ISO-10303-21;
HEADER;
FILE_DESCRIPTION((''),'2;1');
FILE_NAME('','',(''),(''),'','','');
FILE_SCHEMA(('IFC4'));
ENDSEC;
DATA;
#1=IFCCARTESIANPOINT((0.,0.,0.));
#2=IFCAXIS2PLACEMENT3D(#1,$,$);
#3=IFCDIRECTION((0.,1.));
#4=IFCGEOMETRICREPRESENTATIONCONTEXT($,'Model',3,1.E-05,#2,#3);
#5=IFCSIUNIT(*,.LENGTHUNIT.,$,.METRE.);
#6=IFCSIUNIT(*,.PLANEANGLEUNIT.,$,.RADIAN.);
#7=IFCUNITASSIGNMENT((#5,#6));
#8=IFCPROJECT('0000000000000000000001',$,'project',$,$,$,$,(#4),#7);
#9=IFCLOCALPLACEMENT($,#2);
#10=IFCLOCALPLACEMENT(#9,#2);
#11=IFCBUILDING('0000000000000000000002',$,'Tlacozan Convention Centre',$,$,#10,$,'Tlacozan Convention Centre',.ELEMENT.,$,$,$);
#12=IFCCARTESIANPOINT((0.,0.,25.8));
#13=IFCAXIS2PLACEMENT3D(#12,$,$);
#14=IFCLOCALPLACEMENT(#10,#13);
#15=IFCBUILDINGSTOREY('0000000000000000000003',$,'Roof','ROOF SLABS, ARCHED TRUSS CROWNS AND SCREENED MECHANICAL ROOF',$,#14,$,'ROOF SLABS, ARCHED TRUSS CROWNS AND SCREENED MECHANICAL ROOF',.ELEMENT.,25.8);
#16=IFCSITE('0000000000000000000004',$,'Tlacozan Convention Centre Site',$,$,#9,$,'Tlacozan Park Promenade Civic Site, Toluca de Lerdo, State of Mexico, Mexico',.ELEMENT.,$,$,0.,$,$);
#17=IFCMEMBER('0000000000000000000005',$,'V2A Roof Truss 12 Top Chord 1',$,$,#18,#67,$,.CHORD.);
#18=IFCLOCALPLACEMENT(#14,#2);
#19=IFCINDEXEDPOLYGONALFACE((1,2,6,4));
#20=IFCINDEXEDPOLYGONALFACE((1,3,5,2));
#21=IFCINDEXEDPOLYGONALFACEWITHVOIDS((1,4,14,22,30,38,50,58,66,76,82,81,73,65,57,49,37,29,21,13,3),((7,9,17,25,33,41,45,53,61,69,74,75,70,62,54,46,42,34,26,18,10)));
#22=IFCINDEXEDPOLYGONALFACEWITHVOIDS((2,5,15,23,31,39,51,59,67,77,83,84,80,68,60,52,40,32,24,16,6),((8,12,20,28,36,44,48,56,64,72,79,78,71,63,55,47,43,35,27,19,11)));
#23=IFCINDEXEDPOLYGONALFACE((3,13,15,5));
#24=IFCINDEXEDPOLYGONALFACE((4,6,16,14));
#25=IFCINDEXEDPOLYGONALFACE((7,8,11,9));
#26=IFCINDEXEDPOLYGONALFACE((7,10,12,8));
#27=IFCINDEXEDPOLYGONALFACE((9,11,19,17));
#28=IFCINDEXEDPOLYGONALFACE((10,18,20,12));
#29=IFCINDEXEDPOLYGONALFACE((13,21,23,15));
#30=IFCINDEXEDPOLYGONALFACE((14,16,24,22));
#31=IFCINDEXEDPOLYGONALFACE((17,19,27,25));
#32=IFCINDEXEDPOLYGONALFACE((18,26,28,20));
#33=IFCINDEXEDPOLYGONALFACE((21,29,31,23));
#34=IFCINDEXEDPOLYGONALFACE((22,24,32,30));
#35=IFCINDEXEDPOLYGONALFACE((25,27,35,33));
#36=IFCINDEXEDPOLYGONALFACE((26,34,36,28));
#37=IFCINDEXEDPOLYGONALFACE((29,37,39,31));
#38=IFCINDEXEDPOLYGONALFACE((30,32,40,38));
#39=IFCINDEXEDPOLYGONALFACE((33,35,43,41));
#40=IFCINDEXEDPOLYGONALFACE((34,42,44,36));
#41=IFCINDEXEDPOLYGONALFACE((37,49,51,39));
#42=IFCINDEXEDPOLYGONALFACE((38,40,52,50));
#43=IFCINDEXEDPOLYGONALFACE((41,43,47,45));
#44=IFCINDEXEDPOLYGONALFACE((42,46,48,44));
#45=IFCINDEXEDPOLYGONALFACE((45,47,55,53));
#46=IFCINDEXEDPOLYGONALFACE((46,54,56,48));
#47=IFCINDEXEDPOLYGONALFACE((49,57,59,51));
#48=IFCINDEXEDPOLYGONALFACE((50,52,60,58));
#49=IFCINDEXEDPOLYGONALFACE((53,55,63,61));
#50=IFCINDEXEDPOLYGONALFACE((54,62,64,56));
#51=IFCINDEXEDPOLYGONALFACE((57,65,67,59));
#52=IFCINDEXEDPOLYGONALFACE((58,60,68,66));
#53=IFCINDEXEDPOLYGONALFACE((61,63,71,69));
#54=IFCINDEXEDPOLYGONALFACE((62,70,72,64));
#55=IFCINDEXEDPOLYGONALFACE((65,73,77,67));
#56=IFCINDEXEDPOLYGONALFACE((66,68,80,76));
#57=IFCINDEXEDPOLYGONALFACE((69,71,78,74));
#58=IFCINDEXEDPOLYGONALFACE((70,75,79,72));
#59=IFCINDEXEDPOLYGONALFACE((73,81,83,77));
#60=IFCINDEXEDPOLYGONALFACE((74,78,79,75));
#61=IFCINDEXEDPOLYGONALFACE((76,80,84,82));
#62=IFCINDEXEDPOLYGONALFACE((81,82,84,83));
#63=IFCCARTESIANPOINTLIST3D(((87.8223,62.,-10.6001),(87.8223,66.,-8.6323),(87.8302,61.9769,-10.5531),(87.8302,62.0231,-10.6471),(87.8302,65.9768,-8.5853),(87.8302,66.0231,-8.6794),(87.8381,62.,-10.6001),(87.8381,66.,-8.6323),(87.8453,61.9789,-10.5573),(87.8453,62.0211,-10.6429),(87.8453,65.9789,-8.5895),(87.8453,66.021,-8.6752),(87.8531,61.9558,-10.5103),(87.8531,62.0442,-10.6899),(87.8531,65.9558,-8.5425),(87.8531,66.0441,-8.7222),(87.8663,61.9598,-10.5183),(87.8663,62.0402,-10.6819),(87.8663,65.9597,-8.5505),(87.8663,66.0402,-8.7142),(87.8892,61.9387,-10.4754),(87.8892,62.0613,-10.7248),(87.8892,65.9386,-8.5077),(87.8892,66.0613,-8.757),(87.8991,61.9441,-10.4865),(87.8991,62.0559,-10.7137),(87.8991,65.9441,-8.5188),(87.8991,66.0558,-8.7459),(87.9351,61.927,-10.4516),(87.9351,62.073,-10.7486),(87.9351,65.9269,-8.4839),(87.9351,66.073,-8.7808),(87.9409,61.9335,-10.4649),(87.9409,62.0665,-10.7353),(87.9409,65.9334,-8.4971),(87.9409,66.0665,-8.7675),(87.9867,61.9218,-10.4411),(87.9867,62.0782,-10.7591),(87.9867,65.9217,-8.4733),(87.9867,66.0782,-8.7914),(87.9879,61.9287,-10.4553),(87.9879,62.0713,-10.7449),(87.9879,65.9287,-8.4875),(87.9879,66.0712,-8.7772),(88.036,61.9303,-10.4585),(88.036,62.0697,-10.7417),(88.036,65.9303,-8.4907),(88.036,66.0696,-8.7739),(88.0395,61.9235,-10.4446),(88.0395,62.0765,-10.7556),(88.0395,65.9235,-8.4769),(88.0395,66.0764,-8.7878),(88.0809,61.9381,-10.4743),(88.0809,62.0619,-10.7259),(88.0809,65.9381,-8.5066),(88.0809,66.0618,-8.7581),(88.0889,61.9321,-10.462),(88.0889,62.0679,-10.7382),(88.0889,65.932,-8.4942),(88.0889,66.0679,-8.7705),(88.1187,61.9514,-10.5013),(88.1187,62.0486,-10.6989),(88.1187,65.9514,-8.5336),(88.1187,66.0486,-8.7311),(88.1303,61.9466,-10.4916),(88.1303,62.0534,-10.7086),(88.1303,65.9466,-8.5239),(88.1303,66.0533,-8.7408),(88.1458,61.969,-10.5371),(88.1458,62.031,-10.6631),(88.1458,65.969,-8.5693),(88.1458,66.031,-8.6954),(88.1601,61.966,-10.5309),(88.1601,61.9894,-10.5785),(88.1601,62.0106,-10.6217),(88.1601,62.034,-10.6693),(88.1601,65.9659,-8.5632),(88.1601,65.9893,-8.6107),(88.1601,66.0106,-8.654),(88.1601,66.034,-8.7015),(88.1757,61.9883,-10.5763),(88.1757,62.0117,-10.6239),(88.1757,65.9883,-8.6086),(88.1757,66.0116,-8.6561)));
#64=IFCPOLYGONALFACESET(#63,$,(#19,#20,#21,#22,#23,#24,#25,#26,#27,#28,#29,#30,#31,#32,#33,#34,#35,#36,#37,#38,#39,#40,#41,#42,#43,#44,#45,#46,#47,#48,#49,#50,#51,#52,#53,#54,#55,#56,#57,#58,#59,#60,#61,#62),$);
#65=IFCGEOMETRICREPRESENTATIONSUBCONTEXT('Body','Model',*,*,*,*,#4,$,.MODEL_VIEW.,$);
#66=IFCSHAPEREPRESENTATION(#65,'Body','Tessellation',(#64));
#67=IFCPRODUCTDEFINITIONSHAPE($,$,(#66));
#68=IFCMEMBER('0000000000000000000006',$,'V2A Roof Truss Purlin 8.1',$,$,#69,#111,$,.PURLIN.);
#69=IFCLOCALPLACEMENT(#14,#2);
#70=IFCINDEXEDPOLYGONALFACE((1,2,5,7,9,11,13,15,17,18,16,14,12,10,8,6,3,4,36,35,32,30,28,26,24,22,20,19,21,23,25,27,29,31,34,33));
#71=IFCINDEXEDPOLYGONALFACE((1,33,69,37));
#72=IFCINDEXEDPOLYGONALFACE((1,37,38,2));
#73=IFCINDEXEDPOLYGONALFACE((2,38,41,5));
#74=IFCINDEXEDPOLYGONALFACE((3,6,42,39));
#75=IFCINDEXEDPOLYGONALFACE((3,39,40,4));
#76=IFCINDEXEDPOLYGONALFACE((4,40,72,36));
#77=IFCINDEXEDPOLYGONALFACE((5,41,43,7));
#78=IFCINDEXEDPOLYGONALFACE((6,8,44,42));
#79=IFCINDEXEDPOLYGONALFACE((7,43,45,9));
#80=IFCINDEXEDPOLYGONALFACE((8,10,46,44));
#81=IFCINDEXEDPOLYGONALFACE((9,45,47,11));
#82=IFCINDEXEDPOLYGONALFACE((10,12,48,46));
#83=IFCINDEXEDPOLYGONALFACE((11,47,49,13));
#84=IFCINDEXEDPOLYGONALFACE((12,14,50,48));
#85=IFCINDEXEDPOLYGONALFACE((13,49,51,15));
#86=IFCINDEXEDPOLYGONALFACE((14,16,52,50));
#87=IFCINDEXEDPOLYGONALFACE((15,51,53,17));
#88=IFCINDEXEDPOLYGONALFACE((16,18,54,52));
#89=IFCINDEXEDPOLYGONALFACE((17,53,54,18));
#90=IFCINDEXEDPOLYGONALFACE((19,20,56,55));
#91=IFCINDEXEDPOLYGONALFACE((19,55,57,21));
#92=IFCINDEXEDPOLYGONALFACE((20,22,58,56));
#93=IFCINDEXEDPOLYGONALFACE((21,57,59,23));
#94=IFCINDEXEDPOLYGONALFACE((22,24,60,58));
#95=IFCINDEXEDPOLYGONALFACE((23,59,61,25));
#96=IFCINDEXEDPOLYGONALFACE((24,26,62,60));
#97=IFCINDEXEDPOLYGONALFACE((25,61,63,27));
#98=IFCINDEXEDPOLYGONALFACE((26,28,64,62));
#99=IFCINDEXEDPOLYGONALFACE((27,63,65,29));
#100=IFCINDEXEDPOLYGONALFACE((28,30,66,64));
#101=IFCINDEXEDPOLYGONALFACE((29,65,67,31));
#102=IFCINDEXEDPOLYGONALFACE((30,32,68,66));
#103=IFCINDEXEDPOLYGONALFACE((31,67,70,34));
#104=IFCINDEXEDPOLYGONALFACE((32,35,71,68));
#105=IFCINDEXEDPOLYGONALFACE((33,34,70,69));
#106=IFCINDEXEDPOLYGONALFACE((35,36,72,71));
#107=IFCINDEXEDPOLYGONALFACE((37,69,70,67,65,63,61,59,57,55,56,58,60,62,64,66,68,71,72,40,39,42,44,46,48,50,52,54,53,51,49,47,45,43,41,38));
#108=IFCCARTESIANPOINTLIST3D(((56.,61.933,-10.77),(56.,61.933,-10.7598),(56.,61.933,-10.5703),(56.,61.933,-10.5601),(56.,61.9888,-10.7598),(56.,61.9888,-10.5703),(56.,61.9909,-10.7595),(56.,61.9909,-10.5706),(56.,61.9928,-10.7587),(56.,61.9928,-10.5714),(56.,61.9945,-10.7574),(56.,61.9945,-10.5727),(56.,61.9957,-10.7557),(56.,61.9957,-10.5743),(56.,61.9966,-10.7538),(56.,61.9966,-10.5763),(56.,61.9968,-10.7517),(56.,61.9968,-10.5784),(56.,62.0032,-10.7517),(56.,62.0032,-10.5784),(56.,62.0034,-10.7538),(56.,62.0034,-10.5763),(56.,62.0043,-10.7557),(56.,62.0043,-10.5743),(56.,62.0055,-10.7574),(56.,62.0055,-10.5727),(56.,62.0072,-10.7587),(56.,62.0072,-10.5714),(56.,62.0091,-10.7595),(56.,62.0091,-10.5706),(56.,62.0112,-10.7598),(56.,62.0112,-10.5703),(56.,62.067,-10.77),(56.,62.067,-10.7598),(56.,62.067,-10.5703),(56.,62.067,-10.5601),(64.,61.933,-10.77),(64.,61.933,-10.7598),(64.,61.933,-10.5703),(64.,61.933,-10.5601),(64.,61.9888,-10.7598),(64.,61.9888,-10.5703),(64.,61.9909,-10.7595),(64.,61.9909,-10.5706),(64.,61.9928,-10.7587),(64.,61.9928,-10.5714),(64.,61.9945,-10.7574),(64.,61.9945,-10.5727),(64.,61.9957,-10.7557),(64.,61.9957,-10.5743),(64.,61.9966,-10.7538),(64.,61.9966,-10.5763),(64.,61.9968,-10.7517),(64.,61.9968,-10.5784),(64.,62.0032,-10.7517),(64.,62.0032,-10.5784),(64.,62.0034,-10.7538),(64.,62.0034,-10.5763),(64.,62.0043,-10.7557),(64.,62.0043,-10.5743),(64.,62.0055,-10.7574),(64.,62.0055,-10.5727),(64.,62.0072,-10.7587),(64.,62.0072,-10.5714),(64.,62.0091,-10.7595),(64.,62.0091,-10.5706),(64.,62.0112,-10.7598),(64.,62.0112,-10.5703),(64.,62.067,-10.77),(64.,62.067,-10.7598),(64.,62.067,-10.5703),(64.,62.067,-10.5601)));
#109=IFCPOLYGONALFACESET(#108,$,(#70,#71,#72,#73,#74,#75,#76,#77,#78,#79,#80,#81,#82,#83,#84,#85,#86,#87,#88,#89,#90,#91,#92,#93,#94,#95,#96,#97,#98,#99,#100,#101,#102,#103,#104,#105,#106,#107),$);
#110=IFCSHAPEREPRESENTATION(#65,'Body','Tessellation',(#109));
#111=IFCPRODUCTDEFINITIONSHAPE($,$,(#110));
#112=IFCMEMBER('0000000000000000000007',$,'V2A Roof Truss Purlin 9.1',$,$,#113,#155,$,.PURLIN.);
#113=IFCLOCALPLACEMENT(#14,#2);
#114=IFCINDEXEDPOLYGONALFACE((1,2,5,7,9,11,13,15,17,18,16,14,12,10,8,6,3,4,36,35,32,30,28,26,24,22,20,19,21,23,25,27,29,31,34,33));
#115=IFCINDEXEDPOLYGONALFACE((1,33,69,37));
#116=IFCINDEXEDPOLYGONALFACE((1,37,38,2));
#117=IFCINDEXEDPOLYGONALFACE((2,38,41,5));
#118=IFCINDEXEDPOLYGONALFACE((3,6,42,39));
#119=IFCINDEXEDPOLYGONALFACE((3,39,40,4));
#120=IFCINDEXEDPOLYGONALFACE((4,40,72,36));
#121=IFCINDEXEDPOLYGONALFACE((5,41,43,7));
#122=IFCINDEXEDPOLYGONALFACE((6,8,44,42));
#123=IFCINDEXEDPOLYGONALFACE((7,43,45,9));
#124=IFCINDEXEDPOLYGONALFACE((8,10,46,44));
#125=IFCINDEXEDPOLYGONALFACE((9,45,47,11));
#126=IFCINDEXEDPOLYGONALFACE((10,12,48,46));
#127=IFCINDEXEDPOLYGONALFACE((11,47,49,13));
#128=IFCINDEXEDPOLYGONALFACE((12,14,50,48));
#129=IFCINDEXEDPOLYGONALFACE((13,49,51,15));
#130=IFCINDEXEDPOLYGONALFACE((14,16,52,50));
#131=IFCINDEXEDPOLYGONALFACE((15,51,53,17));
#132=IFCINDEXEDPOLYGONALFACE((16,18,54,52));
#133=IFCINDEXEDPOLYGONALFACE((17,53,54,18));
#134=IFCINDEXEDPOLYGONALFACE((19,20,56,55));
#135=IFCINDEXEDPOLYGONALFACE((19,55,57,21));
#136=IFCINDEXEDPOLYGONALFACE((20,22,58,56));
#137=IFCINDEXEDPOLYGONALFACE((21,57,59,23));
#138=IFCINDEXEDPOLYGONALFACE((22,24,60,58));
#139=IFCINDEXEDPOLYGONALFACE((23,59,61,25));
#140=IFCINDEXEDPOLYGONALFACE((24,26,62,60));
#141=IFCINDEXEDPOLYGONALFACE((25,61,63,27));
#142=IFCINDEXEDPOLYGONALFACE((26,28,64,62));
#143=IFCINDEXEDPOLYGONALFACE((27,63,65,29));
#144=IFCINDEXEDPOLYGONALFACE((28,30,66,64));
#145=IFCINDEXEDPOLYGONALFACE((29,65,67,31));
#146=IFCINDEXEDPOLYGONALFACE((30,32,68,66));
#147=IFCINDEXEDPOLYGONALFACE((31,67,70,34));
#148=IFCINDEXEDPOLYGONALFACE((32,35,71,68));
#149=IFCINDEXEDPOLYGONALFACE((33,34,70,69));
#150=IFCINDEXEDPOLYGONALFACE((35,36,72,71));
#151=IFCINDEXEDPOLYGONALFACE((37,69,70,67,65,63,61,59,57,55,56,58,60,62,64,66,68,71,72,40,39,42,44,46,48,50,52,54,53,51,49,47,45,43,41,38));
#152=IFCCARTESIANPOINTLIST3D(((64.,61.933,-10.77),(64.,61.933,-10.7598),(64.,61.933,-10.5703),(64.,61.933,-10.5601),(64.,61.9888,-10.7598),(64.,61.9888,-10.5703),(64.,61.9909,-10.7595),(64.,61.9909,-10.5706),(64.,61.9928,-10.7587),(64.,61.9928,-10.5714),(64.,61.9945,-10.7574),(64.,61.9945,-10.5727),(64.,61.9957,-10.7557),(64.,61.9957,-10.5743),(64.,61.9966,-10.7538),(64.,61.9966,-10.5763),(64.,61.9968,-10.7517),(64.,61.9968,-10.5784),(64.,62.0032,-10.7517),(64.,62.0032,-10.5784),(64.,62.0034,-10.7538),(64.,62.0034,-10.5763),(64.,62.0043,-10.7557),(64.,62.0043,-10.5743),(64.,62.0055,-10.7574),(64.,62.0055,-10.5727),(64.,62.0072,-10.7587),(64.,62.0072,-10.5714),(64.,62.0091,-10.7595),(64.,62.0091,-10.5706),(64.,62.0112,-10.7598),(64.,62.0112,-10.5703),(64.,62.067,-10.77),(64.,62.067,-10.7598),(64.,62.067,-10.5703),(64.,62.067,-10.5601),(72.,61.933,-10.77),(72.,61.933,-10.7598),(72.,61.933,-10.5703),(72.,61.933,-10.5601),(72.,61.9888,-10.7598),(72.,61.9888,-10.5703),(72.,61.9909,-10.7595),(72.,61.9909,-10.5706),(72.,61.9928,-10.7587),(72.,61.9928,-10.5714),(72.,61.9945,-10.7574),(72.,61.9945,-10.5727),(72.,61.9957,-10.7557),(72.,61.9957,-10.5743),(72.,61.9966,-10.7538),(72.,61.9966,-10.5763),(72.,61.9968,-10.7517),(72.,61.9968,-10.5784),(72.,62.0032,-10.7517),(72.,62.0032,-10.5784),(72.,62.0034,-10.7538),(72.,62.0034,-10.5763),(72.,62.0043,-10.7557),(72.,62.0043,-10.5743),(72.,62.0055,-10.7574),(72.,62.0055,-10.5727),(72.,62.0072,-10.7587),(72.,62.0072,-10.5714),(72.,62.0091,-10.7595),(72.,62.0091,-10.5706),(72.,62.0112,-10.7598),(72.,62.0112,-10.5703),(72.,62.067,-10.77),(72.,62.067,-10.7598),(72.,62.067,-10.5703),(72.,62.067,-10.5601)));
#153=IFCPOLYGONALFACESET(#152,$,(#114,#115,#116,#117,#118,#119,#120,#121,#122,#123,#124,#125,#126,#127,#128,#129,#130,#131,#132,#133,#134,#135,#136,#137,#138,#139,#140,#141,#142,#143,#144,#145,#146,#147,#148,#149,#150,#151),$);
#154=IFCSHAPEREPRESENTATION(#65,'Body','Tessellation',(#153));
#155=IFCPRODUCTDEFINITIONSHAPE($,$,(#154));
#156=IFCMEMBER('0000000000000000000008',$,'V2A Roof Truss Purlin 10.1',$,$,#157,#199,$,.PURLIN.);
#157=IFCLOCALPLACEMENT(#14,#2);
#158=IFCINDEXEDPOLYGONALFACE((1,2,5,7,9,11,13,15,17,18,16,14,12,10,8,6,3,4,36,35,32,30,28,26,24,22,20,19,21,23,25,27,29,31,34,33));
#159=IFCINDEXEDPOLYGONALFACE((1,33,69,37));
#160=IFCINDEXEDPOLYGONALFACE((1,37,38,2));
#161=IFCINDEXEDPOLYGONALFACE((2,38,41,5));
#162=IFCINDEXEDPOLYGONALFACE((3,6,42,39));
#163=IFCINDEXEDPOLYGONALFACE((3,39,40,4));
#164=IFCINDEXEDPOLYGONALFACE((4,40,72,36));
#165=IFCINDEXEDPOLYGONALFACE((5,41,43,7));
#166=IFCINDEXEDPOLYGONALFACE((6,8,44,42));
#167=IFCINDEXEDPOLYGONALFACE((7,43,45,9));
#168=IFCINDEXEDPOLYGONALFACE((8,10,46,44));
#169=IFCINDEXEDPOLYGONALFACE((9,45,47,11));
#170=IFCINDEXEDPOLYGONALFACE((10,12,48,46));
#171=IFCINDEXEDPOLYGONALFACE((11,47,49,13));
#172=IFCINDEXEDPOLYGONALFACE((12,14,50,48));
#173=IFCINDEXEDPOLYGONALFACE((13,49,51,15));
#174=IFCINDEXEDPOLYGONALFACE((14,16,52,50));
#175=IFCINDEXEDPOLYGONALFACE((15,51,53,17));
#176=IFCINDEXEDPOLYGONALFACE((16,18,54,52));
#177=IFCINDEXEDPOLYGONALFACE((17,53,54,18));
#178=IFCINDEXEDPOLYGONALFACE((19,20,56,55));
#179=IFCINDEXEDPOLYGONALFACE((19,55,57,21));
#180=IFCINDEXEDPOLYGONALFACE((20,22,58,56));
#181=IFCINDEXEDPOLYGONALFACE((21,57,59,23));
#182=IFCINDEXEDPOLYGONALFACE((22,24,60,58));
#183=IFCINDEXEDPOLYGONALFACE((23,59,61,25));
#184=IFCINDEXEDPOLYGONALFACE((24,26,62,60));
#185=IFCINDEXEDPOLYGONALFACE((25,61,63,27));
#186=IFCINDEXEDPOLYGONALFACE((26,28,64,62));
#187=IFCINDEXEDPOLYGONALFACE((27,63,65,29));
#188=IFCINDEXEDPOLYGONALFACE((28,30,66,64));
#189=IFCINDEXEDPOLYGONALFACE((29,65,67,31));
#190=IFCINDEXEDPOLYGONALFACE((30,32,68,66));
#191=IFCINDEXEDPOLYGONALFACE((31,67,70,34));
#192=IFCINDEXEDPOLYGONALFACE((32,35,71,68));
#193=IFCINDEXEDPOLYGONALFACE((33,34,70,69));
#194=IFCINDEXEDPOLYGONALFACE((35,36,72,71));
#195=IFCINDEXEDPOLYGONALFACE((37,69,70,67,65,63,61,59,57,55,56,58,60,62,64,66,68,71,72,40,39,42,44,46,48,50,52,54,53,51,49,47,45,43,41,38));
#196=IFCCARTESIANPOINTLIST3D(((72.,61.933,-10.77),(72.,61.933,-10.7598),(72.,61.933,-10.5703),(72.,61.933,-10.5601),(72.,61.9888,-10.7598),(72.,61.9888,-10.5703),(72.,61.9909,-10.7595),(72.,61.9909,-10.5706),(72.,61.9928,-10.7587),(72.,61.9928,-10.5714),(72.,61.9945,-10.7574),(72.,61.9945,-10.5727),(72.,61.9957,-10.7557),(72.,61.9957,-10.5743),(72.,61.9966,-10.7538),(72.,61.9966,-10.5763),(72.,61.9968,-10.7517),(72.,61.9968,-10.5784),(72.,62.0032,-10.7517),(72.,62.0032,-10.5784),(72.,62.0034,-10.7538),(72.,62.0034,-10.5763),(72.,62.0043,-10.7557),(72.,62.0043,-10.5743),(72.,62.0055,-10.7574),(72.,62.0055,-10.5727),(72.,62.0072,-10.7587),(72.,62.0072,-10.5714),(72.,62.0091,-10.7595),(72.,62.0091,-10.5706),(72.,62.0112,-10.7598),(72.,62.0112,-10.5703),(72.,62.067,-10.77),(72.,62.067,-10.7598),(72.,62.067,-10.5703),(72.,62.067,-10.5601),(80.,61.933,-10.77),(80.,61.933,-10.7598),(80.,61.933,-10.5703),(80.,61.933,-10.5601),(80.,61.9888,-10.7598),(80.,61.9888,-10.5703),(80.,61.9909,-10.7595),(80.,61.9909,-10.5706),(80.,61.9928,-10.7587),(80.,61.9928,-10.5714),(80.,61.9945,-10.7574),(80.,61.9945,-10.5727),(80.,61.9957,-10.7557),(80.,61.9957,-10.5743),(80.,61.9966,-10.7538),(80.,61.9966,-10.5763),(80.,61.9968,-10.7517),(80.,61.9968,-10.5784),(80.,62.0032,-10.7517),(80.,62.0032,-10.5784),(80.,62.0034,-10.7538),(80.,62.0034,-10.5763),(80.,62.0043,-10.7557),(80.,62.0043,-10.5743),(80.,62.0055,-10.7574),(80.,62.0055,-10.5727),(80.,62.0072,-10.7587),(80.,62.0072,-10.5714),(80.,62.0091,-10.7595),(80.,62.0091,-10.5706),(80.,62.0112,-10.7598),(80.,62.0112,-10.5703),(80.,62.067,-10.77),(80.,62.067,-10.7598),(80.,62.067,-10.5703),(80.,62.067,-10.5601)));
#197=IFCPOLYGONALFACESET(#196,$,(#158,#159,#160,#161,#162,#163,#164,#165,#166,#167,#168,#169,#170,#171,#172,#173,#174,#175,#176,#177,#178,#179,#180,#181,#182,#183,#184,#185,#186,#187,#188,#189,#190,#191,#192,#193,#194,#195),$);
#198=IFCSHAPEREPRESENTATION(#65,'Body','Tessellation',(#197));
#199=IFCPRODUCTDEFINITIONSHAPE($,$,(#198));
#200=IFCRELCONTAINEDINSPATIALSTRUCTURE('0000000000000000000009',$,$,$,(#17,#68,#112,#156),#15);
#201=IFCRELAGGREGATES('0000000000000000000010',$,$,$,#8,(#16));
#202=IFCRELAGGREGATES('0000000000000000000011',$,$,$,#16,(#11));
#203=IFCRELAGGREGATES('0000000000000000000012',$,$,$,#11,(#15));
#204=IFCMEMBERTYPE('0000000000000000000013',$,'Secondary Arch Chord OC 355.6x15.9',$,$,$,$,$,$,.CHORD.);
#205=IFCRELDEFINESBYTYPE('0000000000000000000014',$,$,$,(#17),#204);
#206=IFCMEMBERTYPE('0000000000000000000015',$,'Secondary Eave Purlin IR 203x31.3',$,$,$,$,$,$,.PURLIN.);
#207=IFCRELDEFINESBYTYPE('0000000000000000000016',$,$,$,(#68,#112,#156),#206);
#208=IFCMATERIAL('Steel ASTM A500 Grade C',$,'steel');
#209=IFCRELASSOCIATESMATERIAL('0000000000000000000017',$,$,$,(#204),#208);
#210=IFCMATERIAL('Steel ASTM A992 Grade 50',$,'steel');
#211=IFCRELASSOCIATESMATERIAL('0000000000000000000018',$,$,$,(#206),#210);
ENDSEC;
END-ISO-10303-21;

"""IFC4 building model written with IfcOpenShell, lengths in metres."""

from ifc_helpers import new_model, si_unit, direction, frame, origin, origin_2d, place, context, subcontext, project, spatial, hollow_circle, i_section, extrude, material, material_profile, profile_set, type_object, element, save


model = new_model("IFC4")

# Units and contexts
model_context = context("Model", 3, precision=1e-05, world=origin(), true_north=direction((0.0, 1.0)))
body_context = subcontext(model_context, "Body", "Model", "MODEL_VIEW")
ifc_project = project(units=[si_unit("LENGTHUNIT", "METRE"), si_unit("PLANEANGLEUNIT", "RADIAN")], contexts=[model_context])

# Site, building, storey
site_placement = place(None, origin())
site = spatial("IfcSite", under=ifc_project, at=site_placement, Name="Tlacozan Convention Centre Site", LongName="Tlacozan Park Promenade Civic Site, Toluca de Lerdo, State of Mexico, Mexico", CompositionType="ELEMENT", RefElevation=0.0)
building_placement = place(site_placement, origin())
building = spatial("IfcBuilding", under=site, at=building_placement, Name="Tlacozan Convention Centre", LongName="Tlacozan Convention Centre", CompositionType="ELEMENT")
storey_placement = place(building_placement, frame((0.0, 0.0, 25.8)))
storey = spatial("IfcBuildingStorey", under=building, at=storey_placement, Name="Roof", Description="ROOF SLABS, ARCHED TRUSS CROWNS AND SCREENED MECHANICAL ROOF", LongName="ROOF SLABS, ARCHED TRUSS CROWNS AND SCREENED MECHANICAL ROOF", CompositionType="ELEMENT", Elevation=25.8)

# Members
ifc_material_1 = material(Name="Steel ASTM A500 Grade C", Category="steel")
ifc_material_profile_1 = material_profile(ifc_material_1, hollow_circle(Radius=0.1777, WallThickness=0.0159, at=origin_2d()), Name="OC 355.6x15.9")
ifc_profile_set_1 = profile_set([ifc_material_profile_1], Name="Steel ASTM A500 Grade C")
member_type_1 = type_object("IfcMemberType", Name="Secondary Arch Chord OC 355.6x15.9", PredefinedType="CHORD", material=ifc_profile_set_1)
for number, where, z_axis, x_axis, name in (
    (1, (88.0, 62.0, -10.6001), (0.0, 0.8973, 0.441421), (-1.0, 0.0, 0.0), "V2A Roof Truss 12 Top Chord 1"),
):
    element("IfcMember", number, at=place(storey_placement, frame(where, z_axis=z_axis, x_axis=x_axis)), inside=storey, type_object=member_type_1, Name=name, PredefinedType="CHORD", context=body_context, shape_type="SweptSolid", body=[
        extrude(hollow_circle(Radius=0.1777, WallThickness=0.0159, at=origin_2d()), origin(), (0.0, 0.0, 1.0), 4.4578),
    ])
ifc_material_2 = material(Name="Steel ASTM A992 Grade 50", Category="steel")
ifc_material_profile_2 = material_profile(ifc_material_2, i_section(OverallWidth=0.134, OverallDepth=0.21, WebThickness=0.0063, FlangeThickness=0.0103, FilletRadius=0.0081, at=origin_2d()), Name="IR 203x31.3")
ifc_profile_set_2 = profile_set([ifc_material_profile_2], Name="Steel ASTM A992 Grade 50")
member_type_2 = type_object("IfcMemberType", Name="Secondary Eave Purlin IR 203x31.3", PredefinedType="PURLIN", material=ifc_profile_set_2)
for number, where, z_axis, x_axis, name in (
    (2, (56.0, 62.0, -10.665), (1.0, 0.0, 0.0), (0.0, 1.0, 0.0), "V2A Roof Truss Purlin 8.1"),
    (3, (64.0, 62.0, -10.665), (1.0, 0.0, 0.0), (0.0, 1.0, 0.0), "V2A Roof Truss Purlin 9.1"),
    (4, (72.0, 62.0, -10.665), (1.0, 0.0, 0.0), (0.0, 1.0, 0.0), "V2A Roof Truss Purlin 10.1"),
):
    element("IfcMember", number, at=place(storey_placement, frame(where, z_axis=z_axis, x_axis=x_axis)), inside=storey, type_object=member_type_2, Name=name, PredefinedType="PURLIN", context=body_context, shape_type="SweptSolid", body=[
        extrude(i_section(OverallWidth=0.134, OverallDepth=0.21, WebThickness=0.0063, FlangeThickness=0.0103, FilletRadius=0.0081, at=origin_2d()), origin(), (0.0, 0.0, 1.0), 8.0),
    ])

save(model, "model.ifc")
